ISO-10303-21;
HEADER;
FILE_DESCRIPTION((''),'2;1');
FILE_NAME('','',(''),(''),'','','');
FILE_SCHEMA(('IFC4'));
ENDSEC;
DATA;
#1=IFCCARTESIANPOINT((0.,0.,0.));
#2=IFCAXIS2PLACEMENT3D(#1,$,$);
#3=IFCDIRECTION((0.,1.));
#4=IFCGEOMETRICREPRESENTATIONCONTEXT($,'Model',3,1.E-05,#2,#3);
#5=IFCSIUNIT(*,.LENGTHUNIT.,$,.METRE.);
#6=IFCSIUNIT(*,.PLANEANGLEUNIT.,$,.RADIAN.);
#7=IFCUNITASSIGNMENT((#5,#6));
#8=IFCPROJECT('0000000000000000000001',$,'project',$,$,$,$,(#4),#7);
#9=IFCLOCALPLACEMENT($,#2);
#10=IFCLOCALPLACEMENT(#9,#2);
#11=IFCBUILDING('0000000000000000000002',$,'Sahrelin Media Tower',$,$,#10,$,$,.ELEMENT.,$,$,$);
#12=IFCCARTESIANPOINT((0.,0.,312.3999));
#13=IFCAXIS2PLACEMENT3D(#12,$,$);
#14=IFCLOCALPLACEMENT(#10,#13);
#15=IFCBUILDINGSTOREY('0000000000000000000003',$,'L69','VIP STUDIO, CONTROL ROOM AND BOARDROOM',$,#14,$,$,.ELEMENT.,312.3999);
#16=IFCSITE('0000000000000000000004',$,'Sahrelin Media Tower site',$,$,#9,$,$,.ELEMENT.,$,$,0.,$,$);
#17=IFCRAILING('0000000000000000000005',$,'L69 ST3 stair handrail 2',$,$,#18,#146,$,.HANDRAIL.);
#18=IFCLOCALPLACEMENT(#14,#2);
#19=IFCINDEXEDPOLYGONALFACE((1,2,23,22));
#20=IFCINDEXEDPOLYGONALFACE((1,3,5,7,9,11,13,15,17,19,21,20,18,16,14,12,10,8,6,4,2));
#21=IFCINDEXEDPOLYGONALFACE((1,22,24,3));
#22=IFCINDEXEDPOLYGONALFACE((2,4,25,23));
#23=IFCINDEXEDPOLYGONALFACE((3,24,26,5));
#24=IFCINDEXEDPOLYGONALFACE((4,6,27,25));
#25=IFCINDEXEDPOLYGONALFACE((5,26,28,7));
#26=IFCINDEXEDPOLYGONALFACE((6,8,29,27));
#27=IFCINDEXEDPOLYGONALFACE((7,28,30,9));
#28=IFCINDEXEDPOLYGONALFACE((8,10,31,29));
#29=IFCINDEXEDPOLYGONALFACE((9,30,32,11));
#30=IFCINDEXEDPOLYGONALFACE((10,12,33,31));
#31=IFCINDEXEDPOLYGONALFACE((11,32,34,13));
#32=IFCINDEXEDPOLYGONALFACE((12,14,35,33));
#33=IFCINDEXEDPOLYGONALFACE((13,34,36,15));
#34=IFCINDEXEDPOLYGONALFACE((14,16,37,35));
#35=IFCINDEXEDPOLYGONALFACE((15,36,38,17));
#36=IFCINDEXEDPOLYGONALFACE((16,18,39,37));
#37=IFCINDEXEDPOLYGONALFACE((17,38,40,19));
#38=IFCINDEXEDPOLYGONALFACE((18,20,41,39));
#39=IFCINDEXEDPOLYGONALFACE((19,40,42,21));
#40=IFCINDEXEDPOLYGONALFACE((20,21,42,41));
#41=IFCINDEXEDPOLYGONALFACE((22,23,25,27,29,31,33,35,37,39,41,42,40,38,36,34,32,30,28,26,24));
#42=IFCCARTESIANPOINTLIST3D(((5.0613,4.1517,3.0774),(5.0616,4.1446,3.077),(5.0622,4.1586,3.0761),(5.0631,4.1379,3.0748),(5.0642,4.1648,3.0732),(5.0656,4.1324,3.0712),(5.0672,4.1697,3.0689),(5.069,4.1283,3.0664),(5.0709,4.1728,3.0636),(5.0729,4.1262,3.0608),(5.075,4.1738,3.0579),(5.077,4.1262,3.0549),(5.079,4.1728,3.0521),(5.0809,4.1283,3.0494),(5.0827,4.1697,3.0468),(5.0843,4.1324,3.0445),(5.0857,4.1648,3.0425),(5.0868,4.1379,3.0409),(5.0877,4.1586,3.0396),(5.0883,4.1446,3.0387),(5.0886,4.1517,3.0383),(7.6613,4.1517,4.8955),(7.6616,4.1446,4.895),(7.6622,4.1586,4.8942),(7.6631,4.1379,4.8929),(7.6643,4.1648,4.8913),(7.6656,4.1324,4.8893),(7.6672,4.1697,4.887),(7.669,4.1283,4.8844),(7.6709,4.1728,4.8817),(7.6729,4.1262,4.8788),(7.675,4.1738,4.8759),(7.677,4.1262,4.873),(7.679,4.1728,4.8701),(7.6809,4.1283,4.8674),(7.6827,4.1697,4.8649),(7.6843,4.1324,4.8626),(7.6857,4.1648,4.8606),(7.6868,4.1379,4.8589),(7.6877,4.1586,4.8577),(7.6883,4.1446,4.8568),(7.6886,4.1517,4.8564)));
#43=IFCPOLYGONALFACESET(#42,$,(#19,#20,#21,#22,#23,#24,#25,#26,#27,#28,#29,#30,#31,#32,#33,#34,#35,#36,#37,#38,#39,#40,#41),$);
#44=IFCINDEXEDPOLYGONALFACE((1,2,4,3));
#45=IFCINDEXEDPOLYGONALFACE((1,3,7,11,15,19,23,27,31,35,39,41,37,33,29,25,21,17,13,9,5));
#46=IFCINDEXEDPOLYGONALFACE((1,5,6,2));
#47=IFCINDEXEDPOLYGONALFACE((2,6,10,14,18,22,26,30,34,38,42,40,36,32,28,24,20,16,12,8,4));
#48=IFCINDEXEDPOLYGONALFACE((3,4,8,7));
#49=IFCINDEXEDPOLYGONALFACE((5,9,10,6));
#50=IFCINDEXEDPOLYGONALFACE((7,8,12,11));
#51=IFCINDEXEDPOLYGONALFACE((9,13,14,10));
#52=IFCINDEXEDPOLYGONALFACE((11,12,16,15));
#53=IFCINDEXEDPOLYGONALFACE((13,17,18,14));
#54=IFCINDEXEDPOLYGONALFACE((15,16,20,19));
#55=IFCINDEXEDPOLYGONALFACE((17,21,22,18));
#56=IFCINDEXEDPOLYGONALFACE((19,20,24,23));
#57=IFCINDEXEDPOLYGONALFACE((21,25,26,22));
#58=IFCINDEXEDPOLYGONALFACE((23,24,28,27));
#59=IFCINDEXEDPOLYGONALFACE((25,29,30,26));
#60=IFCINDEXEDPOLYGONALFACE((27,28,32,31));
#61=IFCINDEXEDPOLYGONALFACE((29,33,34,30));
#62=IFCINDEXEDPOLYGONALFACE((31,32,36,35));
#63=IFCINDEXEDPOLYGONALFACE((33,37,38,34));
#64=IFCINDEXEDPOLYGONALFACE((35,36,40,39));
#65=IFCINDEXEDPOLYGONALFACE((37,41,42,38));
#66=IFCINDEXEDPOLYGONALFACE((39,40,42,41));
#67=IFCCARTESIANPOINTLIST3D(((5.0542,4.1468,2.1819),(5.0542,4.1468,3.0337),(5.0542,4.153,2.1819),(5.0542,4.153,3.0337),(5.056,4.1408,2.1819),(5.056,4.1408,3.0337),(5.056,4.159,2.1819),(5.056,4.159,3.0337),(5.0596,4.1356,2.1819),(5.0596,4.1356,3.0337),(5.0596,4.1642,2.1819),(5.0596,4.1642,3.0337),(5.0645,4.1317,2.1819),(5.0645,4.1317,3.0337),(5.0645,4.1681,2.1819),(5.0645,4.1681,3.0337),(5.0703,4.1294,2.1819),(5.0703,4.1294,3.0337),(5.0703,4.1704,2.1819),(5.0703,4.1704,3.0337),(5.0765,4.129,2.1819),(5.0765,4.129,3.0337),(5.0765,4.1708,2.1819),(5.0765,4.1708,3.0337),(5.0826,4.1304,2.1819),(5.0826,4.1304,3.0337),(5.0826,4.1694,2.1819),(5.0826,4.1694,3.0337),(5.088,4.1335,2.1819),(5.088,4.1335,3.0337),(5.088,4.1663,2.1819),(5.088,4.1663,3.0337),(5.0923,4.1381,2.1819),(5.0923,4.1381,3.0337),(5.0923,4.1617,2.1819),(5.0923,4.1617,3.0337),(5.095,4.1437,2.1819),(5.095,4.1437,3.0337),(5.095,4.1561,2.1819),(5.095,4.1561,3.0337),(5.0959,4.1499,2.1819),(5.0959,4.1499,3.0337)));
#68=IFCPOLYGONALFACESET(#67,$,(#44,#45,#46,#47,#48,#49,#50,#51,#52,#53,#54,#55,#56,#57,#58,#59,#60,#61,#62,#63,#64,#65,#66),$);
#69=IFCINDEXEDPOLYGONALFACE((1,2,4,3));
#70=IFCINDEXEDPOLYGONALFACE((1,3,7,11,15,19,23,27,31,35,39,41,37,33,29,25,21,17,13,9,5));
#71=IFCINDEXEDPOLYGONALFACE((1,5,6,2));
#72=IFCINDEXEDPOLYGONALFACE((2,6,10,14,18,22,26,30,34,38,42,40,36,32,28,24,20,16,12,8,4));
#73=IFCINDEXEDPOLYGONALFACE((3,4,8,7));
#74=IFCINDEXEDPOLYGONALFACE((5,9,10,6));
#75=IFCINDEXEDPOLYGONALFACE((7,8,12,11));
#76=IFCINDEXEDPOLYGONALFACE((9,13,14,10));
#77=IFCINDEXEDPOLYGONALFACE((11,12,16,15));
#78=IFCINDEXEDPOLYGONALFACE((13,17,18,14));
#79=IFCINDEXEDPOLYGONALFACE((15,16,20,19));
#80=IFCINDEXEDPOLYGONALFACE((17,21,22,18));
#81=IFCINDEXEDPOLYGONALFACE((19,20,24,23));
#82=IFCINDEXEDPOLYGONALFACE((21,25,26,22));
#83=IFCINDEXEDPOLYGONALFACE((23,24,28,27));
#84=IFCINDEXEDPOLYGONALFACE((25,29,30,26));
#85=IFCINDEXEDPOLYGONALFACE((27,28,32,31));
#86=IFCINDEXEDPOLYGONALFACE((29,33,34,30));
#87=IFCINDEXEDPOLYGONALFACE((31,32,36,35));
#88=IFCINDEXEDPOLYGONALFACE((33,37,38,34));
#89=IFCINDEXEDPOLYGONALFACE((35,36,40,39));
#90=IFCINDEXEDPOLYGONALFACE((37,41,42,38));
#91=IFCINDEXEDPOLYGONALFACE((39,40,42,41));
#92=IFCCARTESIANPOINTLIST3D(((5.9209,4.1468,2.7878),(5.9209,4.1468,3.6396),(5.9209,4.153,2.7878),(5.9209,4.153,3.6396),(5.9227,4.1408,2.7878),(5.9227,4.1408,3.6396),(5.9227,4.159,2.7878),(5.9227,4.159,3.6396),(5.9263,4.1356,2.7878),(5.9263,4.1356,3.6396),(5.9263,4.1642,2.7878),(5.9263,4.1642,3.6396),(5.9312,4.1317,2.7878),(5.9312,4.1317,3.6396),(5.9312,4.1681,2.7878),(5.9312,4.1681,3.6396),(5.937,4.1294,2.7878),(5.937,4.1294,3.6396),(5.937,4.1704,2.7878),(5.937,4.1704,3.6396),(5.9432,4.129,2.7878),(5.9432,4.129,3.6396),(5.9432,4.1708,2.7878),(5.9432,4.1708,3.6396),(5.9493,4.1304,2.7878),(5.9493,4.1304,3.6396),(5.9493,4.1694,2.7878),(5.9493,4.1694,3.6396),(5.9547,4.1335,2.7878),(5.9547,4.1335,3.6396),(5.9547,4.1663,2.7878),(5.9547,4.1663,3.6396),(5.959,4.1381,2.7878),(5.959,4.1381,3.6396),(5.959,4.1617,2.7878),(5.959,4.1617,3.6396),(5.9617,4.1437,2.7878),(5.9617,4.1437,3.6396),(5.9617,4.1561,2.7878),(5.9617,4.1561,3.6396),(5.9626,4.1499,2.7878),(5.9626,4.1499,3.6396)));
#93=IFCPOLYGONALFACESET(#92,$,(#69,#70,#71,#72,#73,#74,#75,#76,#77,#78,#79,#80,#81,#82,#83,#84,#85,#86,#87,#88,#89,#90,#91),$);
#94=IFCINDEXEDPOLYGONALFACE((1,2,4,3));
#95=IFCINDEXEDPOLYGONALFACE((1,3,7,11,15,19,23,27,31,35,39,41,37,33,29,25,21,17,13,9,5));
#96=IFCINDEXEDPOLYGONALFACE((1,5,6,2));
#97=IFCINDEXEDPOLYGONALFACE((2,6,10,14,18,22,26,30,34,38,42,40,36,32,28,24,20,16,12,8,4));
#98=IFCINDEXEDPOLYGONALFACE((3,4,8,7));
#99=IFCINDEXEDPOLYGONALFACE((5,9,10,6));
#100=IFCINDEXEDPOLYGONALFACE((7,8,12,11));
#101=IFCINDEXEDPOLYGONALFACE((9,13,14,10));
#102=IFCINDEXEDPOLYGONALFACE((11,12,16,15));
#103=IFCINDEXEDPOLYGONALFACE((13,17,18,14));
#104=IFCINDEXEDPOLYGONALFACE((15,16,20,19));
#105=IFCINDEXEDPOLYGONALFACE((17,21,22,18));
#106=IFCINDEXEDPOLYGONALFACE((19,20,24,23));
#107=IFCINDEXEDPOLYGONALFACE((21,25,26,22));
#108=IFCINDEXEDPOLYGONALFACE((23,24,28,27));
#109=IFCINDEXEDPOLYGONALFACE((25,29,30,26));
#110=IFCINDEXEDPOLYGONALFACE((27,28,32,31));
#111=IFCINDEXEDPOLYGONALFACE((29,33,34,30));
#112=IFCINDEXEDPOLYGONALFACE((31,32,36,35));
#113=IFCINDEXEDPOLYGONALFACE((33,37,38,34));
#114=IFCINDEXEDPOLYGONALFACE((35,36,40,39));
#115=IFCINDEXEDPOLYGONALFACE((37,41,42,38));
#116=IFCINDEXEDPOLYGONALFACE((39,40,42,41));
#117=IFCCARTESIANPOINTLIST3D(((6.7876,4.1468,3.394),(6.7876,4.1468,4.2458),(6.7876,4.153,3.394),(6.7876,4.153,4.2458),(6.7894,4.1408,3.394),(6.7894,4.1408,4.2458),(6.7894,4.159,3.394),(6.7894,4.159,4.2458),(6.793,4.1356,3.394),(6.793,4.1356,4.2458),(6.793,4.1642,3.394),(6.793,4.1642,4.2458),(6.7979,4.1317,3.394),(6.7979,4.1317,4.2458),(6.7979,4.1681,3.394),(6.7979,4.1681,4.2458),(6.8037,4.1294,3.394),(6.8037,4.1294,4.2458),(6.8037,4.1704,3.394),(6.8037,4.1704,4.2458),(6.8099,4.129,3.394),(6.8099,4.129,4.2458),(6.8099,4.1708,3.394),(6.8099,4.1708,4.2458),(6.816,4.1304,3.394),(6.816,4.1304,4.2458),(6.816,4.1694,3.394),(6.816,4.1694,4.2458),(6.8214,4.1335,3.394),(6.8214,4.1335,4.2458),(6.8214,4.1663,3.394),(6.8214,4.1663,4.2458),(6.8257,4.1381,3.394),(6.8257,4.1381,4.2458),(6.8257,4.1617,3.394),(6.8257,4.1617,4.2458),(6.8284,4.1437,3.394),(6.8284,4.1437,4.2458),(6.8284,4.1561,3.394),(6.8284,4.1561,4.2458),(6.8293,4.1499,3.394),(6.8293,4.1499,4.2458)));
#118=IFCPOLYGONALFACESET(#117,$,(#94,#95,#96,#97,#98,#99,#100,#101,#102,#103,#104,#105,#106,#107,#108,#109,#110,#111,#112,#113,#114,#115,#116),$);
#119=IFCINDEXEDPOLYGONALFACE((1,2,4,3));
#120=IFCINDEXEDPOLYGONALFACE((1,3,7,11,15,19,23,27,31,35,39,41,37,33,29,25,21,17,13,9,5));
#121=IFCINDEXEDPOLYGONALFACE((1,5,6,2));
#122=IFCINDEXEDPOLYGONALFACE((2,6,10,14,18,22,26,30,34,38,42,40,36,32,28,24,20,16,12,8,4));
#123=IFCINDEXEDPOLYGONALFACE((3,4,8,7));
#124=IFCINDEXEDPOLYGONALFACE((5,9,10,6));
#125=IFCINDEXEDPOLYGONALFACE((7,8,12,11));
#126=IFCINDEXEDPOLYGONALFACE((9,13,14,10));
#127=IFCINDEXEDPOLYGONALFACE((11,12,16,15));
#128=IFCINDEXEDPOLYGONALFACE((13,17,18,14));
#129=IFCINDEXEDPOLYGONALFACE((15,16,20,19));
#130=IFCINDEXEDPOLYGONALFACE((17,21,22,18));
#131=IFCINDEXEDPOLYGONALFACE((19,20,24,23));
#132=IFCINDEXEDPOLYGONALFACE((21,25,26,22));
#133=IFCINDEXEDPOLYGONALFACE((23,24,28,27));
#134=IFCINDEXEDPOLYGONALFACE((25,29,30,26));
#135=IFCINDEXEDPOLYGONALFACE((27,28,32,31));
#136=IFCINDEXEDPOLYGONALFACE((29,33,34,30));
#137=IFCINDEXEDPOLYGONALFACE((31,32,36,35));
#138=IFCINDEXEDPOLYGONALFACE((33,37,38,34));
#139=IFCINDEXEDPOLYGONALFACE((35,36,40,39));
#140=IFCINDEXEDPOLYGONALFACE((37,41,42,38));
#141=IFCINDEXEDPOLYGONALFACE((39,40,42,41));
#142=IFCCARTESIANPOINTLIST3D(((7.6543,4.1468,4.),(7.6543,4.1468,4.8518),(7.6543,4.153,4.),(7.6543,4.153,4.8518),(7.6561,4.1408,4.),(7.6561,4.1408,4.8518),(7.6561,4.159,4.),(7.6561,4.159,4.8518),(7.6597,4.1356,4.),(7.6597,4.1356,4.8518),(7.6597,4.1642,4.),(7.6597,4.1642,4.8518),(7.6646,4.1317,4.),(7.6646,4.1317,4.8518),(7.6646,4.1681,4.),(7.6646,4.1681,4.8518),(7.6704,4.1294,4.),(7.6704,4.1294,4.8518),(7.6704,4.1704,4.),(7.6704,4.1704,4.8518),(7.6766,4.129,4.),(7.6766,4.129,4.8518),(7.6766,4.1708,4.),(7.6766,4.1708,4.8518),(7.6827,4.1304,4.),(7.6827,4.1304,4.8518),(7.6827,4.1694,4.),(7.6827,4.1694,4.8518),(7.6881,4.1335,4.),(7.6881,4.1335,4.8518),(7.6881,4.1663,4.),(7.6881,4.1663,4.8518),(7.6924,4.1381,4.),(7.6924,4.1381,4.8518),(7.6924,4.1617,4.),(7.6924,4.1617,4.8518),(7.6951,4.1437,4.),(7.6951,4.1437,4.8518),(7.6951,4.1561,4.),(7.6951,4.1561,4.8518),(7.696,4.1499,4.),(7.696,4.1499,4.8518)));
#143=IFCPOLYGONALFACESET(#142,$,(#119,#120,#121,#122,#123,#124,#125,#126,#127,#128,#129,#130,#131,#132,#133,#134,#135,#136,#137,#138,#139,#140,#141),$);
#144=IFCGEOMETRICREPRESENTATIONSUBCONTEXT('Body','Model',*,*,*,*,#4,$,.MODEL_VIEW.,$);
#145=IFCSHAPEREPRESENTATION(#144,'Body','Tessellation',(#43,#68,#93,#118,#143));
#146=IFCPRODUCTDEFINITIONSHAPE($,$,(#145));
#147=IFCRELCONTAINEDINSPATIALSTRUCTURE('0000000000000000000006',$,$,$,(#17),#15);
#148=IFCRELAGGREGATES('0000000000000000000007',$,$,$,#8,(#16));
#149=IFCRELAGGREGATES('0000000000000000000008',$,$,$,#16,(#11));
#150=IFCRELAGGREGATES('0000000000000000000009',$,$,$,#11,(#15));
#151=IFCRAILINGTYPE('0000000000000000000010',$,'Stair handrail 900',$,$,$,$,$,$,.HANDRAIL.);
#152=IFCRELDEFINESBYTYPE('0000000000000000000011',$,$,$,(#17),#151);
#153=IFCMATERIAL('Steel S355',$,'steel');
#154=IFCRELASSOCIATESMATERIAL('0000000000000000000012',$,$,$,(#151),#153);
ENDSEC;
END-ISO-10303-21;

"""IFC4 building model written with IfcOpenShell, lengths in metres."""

from ifc_helpers import new_model, si_unit, direction, frame, origin, origin_2d, place, context, subcontext, project, spatial, circle, extrude, material, type_object, element, save


model = new_model("IFC4")

# Units and contexts
model_context = context("Model", 3, precision=1e-05, world=origin(), true_north=direction((0.0, 1.0)))
body_context = subcontext(model_context, "Body", "Model", "MODEL_VIEW")
ifc_project = project(units=[si_unit("LENGTHUNIT", "METRE"), si_unit("PLANEANGLEUNIT", "RADIAN")], contexts=[model_context])

# Site, building, storey
site_placement = place(None, origin())
site = spatial("IfcSite", under=ifc_project, at=site_placement, Name="Sahrelin Media Tower site", CompositionType="ELEMENT", RefElevation=0.0)
building_placement = place(site_placement, origin())
building = spatial("IfcBuilding", under=site, at=building_placement, Name="Sahrelin Media Tower", CompositionType="ELEMENT")
storey_placement = place(building_placement, frame((0.0, 0.0, 312.3999)))
storey = spatial("IfcBuildingStorey", under=building, at=storey_placement, Name="L69", Description="VIP STUDIO, CONTROL ROOM AND BOARDROOM", CompositionType="ELEMENT", Elevation=312.3999)

# Shared definitions
ifc_material_1 = material(Name="Steel S355", Category="steel")

# Railing
railing_type_1 = type_object("IfcRailingType", Name="Stair handrail 900", PredefinedType="HANDRAIL", material=ifc_material_1)
railing_1_placement = place(storey_placement, frame((5.075, 4.1499, 2.1819)))
element("IfcRailing", 1, at=railing_1_placement, inside=storey, type_object=railing_type_1, Name="L69 ST3 stair handrail 2", PredefinedType="HANDRAIL", context=body_context, shape_type="SweptSolid", body=[
    extrude(circle(Radius=0.0239, at=origin_2d()), frame((0.0, 0.0, 0.876), z_axis=(0.819521, 0.0, 0.573049), x_axis=(0.0, 1.0, 0.0)), (0.0, 0.0, 1.0), 3.1726),
    extrude(circle(Radius=0.021, at=origin_2d()), origin(), (0.0, 0.0, 1.0), 0.8518),
    extrude(circle(Radius=0.021, at=origin_2d()), frame((0.8667, 0.0, 0.606)), (0.0, 0.0, 1.0), 0.8518),
    extrude(circle(Radius=0.021, at=origin_2d()), frame((1.7334, 0.0, 1.2122)), (0.0, 0.0, 1.0), 0.8518),
    extrude(circle(Radius=0.021, at=origin_2d()), frame((2.6001, 0.0, 1.8181)), (0.0, 0.0, 1.0), 0.8518),
])

save(model, "model.ifc")
